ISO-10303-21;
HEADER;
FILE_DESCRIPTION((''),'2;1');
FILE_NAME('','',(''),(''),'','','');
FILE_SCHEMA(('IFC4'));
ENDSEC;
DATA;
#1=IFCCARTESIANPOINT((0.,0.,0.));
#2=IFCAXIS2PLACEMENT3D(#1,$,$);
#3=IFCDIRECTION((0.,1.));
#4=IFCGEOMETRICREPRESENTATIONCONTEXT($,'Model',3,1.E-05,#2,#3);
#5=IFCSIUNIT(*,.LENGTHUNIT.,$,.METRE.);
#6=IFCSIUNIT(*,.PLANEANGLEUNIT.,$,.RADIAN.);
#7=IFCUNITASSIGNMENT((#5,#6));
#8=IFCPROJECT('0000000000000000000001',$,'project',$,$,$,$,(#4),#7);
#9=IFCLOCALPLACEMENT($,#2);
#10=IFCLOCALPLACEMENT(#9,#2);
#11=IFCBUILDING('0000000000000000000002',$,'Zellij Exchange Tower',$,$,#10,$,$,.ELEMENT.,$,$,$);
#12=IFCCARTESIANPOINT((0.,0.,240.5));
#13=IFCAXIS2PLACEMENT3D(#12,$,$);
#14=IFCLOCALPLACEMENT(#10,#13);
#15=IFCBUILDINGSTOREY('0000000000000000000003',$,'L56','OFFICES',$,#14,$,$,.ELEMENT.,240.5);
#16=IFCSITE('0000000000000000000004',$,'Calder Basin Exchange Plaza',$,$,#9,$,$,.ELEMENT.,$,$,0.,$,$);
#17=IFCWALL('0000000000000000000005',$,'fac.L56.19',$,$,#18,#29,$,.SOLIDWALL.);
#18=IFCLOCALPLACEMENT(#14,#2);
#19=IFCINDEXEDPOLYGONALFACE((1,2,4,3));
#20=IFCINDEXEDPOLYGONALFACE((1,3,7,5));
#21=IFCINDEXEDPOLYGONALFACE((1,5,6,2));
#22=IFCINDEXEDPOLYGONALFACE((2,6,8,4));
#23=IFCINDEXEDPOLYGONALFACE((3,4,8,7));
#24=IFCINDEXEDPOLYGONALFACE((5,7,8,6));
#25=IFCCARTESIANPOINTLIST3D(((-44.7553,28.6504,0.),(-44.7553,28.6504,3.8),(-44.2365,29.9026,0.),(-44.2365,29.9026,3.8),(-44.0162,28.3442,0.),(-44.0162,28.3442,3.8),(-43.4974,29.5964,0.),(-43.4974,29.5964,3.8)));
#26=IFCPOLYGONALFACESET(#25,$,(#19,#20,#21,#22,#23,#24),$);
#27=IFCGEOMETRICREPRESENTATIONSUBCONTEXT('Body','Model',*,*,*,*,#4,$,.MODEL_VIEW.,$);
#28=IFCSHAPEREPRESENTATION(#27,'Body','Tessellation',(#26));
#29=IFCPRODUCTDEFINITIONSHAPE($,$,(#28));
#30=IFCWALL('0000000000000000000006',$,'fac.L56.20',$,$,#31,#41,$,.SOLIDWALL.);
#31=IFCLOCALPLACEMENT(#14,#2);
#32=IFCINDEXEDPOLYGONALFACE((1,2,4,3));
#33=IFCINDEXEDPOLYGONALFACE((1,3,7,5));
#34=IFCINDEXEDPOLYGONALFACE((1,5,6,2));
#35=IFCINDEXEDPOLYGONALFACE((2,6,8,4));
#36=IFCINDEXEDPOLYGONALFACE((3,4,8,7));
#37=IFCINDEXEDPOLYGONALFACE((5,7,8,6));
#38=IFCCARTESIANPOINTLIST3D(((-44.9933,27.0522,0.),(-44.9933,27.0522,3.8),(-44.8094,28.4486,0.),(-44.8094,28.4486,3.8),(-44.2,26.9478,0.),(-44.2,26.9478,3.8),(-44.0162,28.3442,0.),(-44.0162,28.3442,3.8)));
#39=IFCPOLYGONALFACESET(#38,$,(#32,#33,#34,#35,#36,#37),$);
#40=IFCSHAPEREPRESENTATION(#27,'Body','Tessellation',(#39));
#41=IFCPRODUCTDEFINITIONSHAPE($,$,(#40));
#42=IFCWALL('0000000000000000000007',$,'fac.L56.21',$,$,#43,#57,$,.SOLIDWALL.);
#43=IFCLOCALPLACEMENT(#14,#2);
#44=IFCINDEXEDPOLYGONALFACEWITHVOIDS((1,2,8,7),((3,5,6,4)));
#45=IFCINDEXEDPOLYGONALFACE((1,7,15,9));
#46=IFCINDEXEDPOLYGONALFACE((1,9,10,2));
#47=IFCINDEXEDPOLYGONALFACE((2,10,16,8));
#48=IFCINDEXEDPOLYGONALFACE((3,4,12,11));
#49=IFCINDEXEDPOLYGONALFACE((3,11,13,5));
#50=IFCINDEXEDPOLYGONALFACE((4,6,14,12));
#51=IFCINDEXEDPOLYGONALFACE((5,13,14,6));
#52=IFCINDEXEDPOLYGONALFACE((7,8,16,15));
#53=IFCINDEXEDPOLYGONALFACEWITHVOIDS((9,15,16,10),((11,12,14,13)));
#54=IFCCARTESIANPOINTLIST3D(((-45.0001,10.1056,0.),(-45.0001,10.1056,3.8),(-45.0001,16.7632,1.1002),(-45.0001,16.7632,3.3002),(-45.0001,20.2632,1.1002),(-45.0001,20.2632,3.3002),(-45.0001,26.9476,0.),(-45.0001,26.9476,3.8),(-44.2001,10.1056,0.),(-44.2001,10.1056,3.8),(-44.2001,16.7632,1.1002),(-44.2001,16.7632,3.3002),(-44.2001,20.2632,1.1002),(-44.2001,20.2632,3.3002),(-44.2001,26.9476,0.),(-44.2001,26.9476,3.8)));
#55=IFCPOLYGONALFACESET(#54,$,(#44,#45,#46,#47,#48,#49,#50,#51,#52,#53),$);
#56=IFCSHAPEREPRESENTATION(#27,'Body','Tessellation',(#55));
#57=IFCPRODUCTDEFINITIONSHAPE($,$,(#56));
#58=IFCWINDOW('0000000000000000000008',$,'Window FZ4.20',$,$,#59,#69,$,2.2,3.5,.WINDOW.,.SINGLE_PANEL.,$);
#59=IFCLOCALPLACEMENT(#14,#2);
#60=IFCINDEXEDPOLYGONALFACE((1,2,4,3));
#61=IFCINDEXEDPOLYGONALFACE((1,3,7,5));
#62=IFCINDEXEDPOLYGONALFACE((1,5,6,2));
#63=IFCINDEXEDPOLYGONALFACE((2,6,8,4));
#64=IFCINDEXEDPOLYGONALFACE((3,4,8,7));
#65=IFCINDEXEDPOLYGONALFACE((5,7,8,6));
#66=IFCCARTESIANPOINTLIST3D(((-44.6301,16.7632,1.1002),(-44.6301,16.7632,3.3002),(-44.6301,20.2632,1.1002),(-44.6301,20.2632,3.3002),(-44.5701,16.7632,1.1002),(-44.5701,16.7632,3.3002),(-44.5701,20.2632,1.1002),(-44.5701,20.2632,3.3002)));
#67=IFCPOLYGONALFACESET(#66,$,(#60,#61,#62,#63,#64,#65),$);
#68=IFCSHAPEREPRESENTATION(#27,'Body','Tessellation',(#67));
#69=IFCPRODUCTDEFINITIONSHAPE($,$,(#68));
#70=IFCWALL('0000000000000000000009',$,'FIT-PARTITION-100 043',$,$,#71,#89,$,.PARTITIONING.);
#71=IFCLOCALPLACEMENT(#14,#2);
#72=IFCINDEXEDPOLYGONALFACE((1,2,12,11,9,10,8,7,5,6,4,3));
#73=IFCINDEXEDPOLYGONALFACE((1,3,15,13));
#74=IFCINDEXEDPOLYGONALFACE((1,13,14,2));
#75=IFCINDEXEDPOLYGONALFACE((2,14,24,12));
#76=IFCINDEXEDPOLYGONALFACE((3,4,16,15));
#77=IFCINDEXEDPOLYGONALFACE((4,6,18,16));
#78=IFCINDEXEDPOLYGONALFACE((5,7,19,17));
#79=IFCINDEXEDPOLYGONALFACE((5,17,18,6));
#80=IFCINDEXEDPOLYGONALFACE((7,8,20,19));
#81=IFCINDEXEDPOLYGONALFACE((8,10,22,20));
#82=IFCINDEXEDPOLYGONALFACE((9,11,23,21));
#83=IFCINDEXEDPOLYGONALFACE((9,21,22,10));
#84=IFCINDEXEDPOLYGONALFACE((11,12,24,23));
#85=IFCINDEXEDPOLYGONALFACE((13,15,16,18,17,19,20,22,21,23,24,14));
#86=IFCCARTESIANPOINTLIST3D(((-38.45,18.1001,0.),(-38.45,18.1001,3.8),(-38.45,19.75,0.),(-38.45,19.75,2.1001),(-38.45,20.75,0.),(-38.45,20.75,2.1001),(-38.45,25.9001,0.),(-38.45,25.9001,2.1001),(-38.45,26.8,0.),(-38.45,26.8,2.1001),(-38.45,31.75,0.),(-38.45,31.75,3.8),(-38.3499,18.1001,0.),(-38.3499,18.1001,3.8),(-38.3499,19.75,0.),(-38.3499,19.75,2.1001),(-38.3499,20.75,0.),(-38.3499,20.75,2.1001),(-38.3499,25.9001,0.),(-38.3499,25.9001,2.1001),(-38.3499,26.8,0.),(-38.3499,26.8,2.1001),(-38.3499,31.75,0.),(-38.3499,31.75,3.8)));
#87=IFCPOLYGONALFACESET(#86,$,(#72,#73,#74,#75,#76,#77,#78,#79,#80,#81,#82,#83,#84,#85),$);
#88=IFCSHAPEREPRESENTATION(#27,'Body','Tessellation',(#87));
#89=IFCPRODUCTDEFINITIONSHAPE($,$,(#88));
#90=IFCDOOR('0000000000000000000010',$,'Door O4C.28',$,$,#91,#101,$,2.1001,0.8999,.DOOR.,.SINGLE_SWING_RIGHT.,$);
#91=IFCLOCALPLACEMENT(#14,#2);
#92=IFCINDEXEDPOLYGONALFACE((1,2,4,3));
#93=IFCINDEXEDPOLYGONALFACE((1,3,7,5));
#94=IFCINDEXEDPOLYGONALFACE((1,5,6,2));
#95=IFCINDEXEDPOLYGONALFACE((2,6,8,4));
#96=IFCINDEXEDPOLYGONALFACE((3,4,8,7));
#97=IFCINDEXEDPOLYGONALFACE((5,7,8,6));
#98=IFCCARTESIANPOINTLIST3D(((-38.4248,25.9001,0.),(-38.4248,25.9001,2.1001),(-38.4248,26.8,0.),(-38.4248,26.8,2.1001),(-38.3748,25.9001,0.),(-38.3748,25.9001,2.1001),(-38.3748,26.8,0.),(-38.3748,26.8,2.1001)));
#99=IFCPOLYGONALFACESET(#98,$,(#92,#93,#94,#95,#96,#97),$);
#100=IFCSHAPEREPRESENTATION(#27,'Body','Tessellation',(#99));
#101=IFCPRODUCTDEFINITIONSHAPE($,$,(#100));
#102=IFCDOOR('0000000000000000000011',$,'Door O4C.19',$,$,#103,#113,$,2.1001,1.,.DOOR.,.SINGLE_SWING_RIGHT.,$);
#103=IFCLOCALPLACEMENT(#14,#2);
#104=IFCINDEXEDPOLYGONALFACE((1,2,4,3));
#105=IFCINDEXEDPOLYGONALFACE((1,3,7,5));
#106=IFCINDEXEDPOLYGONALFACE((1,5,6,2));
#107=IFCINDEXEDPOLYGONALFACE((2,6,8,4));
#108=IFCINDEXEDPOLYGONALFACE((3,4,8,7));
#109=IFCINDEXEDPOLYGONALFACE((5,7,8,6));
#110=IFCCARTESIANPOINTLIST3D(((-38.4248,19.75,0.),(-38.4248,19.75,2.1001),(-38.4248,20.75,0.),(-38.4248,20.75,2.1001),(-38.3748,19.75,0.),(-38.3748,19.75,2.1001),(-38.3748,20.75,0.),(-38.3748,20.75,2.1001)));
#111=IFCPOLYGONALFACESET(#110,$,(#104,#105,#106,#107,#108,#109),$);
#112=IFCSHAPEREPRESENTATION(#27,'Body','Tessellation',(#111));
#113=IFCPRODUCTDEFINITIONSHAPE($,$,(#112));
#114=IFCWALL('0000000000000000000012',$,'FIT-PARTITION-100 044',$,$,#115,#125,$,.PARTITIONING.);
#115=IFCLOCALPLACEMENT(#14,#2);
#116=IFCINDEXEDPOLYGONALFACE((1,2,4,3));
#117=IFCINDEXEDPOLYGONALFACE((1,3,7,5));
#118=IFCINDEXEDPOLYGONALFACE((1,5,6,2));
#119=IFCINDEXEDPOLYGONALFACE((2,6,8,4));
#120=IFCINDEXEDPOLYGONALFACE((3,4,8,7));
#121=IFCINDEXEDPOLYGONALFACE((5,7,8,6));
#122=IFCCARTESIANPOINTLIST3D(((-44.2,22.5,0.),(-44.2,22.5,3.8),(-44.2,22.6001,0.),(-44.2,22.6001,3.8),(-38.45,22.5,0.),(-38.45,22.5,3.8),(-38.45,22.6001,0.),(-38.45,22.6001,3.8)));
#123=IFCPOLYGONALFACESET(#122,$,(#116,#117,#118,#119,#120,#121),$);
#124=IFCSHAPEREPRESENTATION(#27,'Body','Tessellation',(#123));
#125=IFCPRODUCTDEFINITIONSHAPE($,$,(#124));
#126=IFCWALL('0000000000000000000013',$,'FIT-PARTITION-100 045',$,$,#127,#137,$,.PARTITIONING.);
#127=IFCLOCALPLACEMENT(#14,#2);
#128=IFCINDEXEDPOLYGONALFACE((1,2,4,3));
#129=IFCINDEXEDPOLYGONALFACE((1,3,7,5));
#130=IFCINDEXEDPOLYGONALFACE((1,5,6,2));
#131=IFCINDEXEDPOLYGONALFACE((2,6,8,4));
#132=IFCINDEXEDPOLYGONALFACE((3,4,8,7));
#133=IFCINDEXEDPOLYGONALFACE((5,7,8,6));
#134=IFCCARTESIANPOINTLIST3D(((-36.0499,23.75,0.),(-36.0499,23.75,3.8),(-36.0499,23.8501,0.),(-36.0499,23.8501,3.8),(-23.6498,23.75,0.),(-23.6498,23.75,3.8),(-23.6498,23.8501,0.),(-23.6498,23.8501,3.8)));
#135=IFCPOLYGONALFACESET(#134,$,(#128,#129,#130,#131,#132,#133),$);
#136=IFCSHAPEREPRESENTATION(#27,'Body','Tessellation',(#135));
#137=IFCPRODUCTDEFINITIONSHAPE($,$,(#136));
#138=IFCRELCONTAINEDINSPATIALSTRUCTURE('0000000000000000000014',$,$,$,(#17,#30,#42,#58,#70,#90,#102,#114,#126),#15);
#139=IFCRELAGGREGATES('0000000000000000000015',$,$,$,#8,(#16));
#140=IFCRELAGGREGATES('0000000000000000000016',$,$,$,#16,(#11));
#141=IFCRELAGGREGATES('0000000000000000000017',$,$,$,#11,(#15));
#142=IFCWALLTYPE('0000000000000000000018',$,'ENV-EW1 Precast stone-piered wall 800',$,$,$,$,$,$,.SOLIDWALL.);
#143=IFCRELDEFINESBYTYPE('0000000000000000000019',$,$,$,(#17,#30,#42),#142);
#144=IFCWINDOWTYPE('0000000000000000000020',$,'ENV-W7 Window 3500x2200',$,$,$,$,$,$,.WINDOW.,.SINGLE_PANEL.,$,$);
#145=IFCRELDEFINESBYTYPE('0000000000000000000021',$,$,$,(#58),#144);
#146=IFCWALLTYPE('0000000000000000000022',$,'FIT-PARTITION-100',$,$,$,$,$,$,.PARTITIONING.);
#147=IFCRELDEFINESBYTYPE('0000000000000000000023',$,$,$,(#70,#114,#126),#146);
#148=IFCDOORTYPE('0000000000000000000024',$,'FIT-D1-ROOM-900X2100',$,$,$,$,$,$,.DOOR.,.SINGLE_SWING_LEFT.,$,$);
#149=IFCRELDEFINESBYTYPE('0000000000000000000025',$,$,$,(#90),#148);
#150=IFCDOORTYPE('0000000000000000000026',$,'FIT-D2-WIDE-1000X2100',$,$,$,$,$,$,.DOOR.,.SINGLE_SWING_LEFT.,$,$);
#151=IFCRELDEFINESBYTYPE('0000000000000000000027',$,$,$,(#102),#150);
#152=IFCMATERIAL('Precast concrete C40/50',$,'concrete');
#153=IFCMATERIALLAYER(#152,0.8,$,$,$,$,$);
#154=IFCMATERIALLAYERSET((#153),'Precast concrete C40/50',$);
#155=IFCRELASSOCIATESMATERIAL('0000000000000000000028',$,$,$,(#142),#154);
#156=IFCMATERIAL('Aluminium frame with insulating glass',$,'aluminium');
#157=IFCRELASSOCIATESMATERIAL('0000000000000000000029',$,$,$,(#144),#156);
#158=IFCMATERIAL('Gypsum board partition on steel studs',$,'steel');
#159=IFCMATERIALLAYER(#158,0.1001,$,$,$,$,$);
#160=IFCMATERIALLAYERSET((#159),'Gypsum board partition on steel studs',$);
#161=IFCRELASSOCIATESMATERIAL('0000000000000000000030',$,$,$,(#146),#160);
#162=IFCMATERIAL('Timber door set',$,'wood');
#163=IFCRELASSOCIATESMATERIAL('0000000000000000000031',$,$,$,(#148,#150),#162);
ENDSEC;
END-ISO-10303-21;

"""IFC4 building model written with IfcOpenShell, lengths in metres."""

from ifc_helpers import new_model, si_unit, direction, frame, frame_2d, origin, place, context, subcontext, project, spatial, rectangle, extrude, material, layer, layer_set, type_object, element, fill, save


model = new_model("IFC4")

# Units and contexts
model_context = context("Model", 3, precision=1e-05, world=origin(), true_north=direction((0.0, 1.0)))
body_context = subcontext(model_context, "Body", "Model", "MODEL_VIEW")
ifc_project = project(units=[si_unit("LENGTHUNIT", "METRE"), si_unit("PLANEANGLEUNIT", "RADIAN")], contexts=[model_context])

# Site, building, storey
site_placement = place(None, origin())
site = spatial("IfcSite", under=ifc_project, at=site_placement, Name="Calder Basin Exchange Plaza", CompositionType="ELEMENT", RefElevation=0.0)
building_placement = place(site_placement, origin())
building = spatial("IfcBuilding", under=site, at=building_placement, Name="Zellij Exchange Tower", CompositionType="ELEMENT")
storey_placement = place(building_placement, frame((0.0, 0.0, 240.5)))
storey = spatial("IfcBuildingStorey", under=building, at=storey_placement, Name="L56", Description="OFFICES", CompositionType="ELEMENT", Elevation=240.5)

# Walls
ifc_material_1 = material(Name="Precast concrete C40/50", Category="concrete")
ifc_layer_1 = layer(ifc_material_1, 0.8)
ifc_layer_set_1 = layer_set([ifc_layer_1], Name="Precast concrete C40/50")
wall_type_1 = type_object("IfcWallType", Name="ENV-EW1 Precast stone-piered wall 800", PredefinedType="SOLIDWALL", material=ifc_layer_set_1)
wall_1_placement = place(storey_placement, frame((-43.8669, 29.7495, 0.0), z_axis=(0.0, 0.0, 1.0), x_axis=(-0.38276, -0.923848, 0.0)))
element("IfcWall", 1, at=wall_1_placement, inside=storey, type_object=wall_type_1, Name="fac.L56.19", PredefinedType="SOLIDWALL", context=body_context, shape_type="SweptSolid", body=[
    extrude(rectangle(XDim=1.3555, YDim=0.8, at=frame_2d((0.6777, 0.0))), origin(), (0.0, 0.0, 1.0), 3.8),
])
wall_2_placement = place(storey_placement, frame((-44.4128, 28.3962, 0.0), z_axis=(0.0, 0.0, 1.0), x_axis=(-0.130517, -0.991446, 0.0)))
element("IfcWall", 2, at=wall_2_placement, inside=storey, type_object=wall_type_1, Name="fac.L56.20", PredefinedType="SOLIDWALL", context=body_context, shape_type="SweptSolid", body=[
    extrude(rectangle(XDim=1.4084, YDim=0.8, at=frame_2d((0.7041, 0.0))), origin(), (0.0, 0.0, 1.0), 3.8),
])

# Wall, opening, window
wall_3_placement = place(storey_placement, frame((-44.6001, 26.9475, 0.0), z_axis=(0.0, 0.0, 1.0), x_axis=(0.0, -1.0, 0.0)))
wall_3 = element("IfcWall", 3, at=wall_3_placement, inside=storey, type_object=wall_type_1, Name="fac.L56.21", PredefinedType="SOLIDWALL", context=body_context, shape_type="SweptSolid", body=[
    extrude(rectangle(XDim=16.842, YDim=0.8, at=frame_2d((8.4209, 0.0))), origin(), (0.0, 0.0, 1.0), 3.8),
])
opening_1_placement = place(wall_3_placement, frame((6.6843, 0.0, 1.1001)))
opening_1 = element("IfcOpeningElement", 4, at=opening_1_placement, cuts=wall_3, PredefinedType="OPENING", context=body_context, shape_type="SweptSolid", body=[
    extrude(rectangle(XDim=3.5, YDim=2.2, at=frame_2d((1.75, 1.1001))), frame((0.0, 0.4121, 0.0), z_axis=(0.0, -1.0, 0.0), x_axis=(1.0, 0.0, 0.0)), (0.0, 0.0, 1.0), 0.824),
])
ifc_material_2 = material(Name="Aluminium frame with insulating glass", Category="aluminium")
window_type = type_object("IfcWindowType", Name="ENV-W7 Window 3500x2200", PartitioningType="SINGLE_PANEL", PredefinedType="WINDOW", material=ifc_material_2)
window_placement = place(opening_1_placement, origin())
window = element("IfcWindow", 5, at=window_placement, inside=storey, type_object=window_type, Name="Window FZ4.20", OverallHeight=2.2, OverallWidth=3.5, PartitioningType="SINGLE_PANEL", PredefinedType="WINDOW", context=body_context, shape_type="SweptSolid", body=[
    extrude(rectangle(XDim=3.5, YDim=2.2, at=frame_2d((1.75, 1.1001))), frame((0.0, 0.03, 0.0), z_axis=(0.0, -1.0, 0.0), x_axis=(1.0, 0.0, 0.0)), (0.0, 0.0, 1.0), 0.0601),
])
fill(opening_1, window)

# Wall, openings, doors
ifc_material_3 = material(Name="Gypsum board partition on steel studs", Category="steel")
ifc_layer_2 = layer(ifc_material_3, 0.1001)
ifc_layer_set_2 = layer_set([ifc_layer_2], Name="Gypsum board partition on steel studs")
wall_type_2 = type_object("IfcWallType", Name="FIT-PARTITION-100", PredefinedType="PARTITIONING", material=ifc_layer_set_2)
wall_4_placement = place(storey_placement, frame((-38.3999, 18.1001, 0.0), z_axis=(0.0, 0.0, 1.0), x_axis=(0.0, 1.0, 0.0)))
wall_4 = element("IfcWall", 6, at=wall_4_placement, inside=storey, type_object=wall_type_2, Name="FIT-PARTITION-100 043", PredefinedType="PARTITIONING", context=body_context, shape_type="SweptSolid", body=[
    extrude(rectangle(XDim=13.6499, YDim=0.1001, at=frame_2d((6.825, 0.0))), origin(), (0.0, 0.0, 1.0), 3.8),
])
opening_2_placement = place(wall_4_placement, frame((1.6499, 0.0, 0.0)))
opening_2 = element("IfcOpeningElement", 7, at=opening_2_placement, cuts=wall_4, PredefinedType="OPENING", context=body_context, shape_type="SweptSolid", body=[
    extrude(rectangle(XDim=1.0, YDim=2.1001, at=frame_2d((0.5, 1.05))), frame((0.0, 0.062, 0.0), z_axis=(0.0, -1.0, 0.0), x_axis=(1.0, 0.0, 0.0)), (0.0, 0.0, 1.0), 0.124),
])
opening_3_placement = place(wall_4_placement, frame((7.8, 0.0, 0.0)))
opening_3 = element("IfcOpeningElement", 8, at=opening_3_placement, cuts=wall_4, PredefinedType="OPENING", context=body_context, shape_type="SweptSolid", body=[
    extrude(rectangle(XDim=0.8999, YDim=2.1001, at=frame_2d((0.45, 1.05))), frame((0.0, 0.062, 0.0), z_axis=(0.0, -1.0, 0.0), x_axis=(1.0, 0.0, 0.0)), (0.0, 0.0, 1.0), 0.124),
])
ifc_material_4 = material(Name="Timber door set", Category="wood")
door_type_1 = type_object("IfcDoorType", Name="FIT-D1-ROOM-900X2100", OperationType="SINGLE_SWING_LEFT", PredefinedType="DOOR", material=ifc_material_4)
door_1_placement = place(opening_3_placement, origin())
door_1 = element("IfcDoor", 9, at=door_1_placement, inside=storey, type_object=door_type_1, Name="Door O4C.28", OperationType="SINGLE_SWING_RIGHT", OverallHeight=2.1001, OverallWidth=0.8999, PredefinedType="DOOR", context=body_context, shape_type="SweptSolid", body=[
    extrude(rectangle(XDim=0.8999, YDim=2.1001, at=frame_2d((0.45, 1.05))), frame((0.0, 0.0249, 0.0), z_axis=(0.0, -1.0, 0.0), x_axis=(1.0, 0.0, 0.0)), (0.0, 0.0, 1.0), 0.05),
])
fill(opening_3, door_1)
door_type_2 = type_object("IfcDoorType", Name="FIT-D2-WIDE-1000X2100", OperationType="SINGLE_SWING_LEFT", PredefinedType="DOOR", material=ifc_material_4)
door_2_placement = place(opening_2_placement, origin())
door_2 = element("IfcDoor", 10, at=door_2_placement, inside=storey, type_object=door_type_2, Name="Door O4C.19", OperationType="SINGLE_SWING_RIGHT", OverallHeight=2.1001, OverallWidth=1.0, PredefinedType="DOOR", context=body_context, shape_type="SweptSolid", body=[
    extrude(rectangle(XDim=1.0, YDim=2.1001, at=frame_2d((0.5, 1.05))), frame((0.0, 0.0249, 0.0), z_axis=(0.0, -1.0, 0.0), x_axis=(1.0, 0.0, 0.0)), (0.0, 0.0, 1.0), 0.05),
])
fill(opening_2, door_2)

# Walls
wall_5_placement = place(storey_placement, frame((-44.2, 22.55, 0.0), z_axis=(0.0, 0.0, 1.0), x_axis=(1.0, 0.0, 0.0)))
element("IfcWall", 11, at=wall_5_placement, inside=storey, type_object=wall_type_2, Name="FIT-PARTITION-100 044", PredefinedType="PARTITIONING", context=body_context, shape_type="SweptSolid", body=[
    extrude(rectangle(XDim=5.75, YDim=0.1001, at=frame_2d((2.875, 0.0))), origin(), (0.0, 0.0, 1.0), 3.8),
])
wall_6_placement = place(storey_placement, frame((-36.05, 23.8, 0.0), z_axis=(0.0, 0.0, 1.0), x_axis=(1.0, 0.0, 0.0)))
element("IfcWall", 12, at=wall_6_placement, inside=storey, type_object=wall_type_2, Name="FIT-PARTITION-100 045", PredefinedType="PARTITIONING", context=body_context, shape_type="SweptSolid", body=[
    extrude(rectangle(XDim=12.4001, YDim=0.1001, at=frame_2d((6.2002, 0.0))), origin(), (0.0, 0.0, 1.0), 3.8),
])

save(model, "model.ifc")
